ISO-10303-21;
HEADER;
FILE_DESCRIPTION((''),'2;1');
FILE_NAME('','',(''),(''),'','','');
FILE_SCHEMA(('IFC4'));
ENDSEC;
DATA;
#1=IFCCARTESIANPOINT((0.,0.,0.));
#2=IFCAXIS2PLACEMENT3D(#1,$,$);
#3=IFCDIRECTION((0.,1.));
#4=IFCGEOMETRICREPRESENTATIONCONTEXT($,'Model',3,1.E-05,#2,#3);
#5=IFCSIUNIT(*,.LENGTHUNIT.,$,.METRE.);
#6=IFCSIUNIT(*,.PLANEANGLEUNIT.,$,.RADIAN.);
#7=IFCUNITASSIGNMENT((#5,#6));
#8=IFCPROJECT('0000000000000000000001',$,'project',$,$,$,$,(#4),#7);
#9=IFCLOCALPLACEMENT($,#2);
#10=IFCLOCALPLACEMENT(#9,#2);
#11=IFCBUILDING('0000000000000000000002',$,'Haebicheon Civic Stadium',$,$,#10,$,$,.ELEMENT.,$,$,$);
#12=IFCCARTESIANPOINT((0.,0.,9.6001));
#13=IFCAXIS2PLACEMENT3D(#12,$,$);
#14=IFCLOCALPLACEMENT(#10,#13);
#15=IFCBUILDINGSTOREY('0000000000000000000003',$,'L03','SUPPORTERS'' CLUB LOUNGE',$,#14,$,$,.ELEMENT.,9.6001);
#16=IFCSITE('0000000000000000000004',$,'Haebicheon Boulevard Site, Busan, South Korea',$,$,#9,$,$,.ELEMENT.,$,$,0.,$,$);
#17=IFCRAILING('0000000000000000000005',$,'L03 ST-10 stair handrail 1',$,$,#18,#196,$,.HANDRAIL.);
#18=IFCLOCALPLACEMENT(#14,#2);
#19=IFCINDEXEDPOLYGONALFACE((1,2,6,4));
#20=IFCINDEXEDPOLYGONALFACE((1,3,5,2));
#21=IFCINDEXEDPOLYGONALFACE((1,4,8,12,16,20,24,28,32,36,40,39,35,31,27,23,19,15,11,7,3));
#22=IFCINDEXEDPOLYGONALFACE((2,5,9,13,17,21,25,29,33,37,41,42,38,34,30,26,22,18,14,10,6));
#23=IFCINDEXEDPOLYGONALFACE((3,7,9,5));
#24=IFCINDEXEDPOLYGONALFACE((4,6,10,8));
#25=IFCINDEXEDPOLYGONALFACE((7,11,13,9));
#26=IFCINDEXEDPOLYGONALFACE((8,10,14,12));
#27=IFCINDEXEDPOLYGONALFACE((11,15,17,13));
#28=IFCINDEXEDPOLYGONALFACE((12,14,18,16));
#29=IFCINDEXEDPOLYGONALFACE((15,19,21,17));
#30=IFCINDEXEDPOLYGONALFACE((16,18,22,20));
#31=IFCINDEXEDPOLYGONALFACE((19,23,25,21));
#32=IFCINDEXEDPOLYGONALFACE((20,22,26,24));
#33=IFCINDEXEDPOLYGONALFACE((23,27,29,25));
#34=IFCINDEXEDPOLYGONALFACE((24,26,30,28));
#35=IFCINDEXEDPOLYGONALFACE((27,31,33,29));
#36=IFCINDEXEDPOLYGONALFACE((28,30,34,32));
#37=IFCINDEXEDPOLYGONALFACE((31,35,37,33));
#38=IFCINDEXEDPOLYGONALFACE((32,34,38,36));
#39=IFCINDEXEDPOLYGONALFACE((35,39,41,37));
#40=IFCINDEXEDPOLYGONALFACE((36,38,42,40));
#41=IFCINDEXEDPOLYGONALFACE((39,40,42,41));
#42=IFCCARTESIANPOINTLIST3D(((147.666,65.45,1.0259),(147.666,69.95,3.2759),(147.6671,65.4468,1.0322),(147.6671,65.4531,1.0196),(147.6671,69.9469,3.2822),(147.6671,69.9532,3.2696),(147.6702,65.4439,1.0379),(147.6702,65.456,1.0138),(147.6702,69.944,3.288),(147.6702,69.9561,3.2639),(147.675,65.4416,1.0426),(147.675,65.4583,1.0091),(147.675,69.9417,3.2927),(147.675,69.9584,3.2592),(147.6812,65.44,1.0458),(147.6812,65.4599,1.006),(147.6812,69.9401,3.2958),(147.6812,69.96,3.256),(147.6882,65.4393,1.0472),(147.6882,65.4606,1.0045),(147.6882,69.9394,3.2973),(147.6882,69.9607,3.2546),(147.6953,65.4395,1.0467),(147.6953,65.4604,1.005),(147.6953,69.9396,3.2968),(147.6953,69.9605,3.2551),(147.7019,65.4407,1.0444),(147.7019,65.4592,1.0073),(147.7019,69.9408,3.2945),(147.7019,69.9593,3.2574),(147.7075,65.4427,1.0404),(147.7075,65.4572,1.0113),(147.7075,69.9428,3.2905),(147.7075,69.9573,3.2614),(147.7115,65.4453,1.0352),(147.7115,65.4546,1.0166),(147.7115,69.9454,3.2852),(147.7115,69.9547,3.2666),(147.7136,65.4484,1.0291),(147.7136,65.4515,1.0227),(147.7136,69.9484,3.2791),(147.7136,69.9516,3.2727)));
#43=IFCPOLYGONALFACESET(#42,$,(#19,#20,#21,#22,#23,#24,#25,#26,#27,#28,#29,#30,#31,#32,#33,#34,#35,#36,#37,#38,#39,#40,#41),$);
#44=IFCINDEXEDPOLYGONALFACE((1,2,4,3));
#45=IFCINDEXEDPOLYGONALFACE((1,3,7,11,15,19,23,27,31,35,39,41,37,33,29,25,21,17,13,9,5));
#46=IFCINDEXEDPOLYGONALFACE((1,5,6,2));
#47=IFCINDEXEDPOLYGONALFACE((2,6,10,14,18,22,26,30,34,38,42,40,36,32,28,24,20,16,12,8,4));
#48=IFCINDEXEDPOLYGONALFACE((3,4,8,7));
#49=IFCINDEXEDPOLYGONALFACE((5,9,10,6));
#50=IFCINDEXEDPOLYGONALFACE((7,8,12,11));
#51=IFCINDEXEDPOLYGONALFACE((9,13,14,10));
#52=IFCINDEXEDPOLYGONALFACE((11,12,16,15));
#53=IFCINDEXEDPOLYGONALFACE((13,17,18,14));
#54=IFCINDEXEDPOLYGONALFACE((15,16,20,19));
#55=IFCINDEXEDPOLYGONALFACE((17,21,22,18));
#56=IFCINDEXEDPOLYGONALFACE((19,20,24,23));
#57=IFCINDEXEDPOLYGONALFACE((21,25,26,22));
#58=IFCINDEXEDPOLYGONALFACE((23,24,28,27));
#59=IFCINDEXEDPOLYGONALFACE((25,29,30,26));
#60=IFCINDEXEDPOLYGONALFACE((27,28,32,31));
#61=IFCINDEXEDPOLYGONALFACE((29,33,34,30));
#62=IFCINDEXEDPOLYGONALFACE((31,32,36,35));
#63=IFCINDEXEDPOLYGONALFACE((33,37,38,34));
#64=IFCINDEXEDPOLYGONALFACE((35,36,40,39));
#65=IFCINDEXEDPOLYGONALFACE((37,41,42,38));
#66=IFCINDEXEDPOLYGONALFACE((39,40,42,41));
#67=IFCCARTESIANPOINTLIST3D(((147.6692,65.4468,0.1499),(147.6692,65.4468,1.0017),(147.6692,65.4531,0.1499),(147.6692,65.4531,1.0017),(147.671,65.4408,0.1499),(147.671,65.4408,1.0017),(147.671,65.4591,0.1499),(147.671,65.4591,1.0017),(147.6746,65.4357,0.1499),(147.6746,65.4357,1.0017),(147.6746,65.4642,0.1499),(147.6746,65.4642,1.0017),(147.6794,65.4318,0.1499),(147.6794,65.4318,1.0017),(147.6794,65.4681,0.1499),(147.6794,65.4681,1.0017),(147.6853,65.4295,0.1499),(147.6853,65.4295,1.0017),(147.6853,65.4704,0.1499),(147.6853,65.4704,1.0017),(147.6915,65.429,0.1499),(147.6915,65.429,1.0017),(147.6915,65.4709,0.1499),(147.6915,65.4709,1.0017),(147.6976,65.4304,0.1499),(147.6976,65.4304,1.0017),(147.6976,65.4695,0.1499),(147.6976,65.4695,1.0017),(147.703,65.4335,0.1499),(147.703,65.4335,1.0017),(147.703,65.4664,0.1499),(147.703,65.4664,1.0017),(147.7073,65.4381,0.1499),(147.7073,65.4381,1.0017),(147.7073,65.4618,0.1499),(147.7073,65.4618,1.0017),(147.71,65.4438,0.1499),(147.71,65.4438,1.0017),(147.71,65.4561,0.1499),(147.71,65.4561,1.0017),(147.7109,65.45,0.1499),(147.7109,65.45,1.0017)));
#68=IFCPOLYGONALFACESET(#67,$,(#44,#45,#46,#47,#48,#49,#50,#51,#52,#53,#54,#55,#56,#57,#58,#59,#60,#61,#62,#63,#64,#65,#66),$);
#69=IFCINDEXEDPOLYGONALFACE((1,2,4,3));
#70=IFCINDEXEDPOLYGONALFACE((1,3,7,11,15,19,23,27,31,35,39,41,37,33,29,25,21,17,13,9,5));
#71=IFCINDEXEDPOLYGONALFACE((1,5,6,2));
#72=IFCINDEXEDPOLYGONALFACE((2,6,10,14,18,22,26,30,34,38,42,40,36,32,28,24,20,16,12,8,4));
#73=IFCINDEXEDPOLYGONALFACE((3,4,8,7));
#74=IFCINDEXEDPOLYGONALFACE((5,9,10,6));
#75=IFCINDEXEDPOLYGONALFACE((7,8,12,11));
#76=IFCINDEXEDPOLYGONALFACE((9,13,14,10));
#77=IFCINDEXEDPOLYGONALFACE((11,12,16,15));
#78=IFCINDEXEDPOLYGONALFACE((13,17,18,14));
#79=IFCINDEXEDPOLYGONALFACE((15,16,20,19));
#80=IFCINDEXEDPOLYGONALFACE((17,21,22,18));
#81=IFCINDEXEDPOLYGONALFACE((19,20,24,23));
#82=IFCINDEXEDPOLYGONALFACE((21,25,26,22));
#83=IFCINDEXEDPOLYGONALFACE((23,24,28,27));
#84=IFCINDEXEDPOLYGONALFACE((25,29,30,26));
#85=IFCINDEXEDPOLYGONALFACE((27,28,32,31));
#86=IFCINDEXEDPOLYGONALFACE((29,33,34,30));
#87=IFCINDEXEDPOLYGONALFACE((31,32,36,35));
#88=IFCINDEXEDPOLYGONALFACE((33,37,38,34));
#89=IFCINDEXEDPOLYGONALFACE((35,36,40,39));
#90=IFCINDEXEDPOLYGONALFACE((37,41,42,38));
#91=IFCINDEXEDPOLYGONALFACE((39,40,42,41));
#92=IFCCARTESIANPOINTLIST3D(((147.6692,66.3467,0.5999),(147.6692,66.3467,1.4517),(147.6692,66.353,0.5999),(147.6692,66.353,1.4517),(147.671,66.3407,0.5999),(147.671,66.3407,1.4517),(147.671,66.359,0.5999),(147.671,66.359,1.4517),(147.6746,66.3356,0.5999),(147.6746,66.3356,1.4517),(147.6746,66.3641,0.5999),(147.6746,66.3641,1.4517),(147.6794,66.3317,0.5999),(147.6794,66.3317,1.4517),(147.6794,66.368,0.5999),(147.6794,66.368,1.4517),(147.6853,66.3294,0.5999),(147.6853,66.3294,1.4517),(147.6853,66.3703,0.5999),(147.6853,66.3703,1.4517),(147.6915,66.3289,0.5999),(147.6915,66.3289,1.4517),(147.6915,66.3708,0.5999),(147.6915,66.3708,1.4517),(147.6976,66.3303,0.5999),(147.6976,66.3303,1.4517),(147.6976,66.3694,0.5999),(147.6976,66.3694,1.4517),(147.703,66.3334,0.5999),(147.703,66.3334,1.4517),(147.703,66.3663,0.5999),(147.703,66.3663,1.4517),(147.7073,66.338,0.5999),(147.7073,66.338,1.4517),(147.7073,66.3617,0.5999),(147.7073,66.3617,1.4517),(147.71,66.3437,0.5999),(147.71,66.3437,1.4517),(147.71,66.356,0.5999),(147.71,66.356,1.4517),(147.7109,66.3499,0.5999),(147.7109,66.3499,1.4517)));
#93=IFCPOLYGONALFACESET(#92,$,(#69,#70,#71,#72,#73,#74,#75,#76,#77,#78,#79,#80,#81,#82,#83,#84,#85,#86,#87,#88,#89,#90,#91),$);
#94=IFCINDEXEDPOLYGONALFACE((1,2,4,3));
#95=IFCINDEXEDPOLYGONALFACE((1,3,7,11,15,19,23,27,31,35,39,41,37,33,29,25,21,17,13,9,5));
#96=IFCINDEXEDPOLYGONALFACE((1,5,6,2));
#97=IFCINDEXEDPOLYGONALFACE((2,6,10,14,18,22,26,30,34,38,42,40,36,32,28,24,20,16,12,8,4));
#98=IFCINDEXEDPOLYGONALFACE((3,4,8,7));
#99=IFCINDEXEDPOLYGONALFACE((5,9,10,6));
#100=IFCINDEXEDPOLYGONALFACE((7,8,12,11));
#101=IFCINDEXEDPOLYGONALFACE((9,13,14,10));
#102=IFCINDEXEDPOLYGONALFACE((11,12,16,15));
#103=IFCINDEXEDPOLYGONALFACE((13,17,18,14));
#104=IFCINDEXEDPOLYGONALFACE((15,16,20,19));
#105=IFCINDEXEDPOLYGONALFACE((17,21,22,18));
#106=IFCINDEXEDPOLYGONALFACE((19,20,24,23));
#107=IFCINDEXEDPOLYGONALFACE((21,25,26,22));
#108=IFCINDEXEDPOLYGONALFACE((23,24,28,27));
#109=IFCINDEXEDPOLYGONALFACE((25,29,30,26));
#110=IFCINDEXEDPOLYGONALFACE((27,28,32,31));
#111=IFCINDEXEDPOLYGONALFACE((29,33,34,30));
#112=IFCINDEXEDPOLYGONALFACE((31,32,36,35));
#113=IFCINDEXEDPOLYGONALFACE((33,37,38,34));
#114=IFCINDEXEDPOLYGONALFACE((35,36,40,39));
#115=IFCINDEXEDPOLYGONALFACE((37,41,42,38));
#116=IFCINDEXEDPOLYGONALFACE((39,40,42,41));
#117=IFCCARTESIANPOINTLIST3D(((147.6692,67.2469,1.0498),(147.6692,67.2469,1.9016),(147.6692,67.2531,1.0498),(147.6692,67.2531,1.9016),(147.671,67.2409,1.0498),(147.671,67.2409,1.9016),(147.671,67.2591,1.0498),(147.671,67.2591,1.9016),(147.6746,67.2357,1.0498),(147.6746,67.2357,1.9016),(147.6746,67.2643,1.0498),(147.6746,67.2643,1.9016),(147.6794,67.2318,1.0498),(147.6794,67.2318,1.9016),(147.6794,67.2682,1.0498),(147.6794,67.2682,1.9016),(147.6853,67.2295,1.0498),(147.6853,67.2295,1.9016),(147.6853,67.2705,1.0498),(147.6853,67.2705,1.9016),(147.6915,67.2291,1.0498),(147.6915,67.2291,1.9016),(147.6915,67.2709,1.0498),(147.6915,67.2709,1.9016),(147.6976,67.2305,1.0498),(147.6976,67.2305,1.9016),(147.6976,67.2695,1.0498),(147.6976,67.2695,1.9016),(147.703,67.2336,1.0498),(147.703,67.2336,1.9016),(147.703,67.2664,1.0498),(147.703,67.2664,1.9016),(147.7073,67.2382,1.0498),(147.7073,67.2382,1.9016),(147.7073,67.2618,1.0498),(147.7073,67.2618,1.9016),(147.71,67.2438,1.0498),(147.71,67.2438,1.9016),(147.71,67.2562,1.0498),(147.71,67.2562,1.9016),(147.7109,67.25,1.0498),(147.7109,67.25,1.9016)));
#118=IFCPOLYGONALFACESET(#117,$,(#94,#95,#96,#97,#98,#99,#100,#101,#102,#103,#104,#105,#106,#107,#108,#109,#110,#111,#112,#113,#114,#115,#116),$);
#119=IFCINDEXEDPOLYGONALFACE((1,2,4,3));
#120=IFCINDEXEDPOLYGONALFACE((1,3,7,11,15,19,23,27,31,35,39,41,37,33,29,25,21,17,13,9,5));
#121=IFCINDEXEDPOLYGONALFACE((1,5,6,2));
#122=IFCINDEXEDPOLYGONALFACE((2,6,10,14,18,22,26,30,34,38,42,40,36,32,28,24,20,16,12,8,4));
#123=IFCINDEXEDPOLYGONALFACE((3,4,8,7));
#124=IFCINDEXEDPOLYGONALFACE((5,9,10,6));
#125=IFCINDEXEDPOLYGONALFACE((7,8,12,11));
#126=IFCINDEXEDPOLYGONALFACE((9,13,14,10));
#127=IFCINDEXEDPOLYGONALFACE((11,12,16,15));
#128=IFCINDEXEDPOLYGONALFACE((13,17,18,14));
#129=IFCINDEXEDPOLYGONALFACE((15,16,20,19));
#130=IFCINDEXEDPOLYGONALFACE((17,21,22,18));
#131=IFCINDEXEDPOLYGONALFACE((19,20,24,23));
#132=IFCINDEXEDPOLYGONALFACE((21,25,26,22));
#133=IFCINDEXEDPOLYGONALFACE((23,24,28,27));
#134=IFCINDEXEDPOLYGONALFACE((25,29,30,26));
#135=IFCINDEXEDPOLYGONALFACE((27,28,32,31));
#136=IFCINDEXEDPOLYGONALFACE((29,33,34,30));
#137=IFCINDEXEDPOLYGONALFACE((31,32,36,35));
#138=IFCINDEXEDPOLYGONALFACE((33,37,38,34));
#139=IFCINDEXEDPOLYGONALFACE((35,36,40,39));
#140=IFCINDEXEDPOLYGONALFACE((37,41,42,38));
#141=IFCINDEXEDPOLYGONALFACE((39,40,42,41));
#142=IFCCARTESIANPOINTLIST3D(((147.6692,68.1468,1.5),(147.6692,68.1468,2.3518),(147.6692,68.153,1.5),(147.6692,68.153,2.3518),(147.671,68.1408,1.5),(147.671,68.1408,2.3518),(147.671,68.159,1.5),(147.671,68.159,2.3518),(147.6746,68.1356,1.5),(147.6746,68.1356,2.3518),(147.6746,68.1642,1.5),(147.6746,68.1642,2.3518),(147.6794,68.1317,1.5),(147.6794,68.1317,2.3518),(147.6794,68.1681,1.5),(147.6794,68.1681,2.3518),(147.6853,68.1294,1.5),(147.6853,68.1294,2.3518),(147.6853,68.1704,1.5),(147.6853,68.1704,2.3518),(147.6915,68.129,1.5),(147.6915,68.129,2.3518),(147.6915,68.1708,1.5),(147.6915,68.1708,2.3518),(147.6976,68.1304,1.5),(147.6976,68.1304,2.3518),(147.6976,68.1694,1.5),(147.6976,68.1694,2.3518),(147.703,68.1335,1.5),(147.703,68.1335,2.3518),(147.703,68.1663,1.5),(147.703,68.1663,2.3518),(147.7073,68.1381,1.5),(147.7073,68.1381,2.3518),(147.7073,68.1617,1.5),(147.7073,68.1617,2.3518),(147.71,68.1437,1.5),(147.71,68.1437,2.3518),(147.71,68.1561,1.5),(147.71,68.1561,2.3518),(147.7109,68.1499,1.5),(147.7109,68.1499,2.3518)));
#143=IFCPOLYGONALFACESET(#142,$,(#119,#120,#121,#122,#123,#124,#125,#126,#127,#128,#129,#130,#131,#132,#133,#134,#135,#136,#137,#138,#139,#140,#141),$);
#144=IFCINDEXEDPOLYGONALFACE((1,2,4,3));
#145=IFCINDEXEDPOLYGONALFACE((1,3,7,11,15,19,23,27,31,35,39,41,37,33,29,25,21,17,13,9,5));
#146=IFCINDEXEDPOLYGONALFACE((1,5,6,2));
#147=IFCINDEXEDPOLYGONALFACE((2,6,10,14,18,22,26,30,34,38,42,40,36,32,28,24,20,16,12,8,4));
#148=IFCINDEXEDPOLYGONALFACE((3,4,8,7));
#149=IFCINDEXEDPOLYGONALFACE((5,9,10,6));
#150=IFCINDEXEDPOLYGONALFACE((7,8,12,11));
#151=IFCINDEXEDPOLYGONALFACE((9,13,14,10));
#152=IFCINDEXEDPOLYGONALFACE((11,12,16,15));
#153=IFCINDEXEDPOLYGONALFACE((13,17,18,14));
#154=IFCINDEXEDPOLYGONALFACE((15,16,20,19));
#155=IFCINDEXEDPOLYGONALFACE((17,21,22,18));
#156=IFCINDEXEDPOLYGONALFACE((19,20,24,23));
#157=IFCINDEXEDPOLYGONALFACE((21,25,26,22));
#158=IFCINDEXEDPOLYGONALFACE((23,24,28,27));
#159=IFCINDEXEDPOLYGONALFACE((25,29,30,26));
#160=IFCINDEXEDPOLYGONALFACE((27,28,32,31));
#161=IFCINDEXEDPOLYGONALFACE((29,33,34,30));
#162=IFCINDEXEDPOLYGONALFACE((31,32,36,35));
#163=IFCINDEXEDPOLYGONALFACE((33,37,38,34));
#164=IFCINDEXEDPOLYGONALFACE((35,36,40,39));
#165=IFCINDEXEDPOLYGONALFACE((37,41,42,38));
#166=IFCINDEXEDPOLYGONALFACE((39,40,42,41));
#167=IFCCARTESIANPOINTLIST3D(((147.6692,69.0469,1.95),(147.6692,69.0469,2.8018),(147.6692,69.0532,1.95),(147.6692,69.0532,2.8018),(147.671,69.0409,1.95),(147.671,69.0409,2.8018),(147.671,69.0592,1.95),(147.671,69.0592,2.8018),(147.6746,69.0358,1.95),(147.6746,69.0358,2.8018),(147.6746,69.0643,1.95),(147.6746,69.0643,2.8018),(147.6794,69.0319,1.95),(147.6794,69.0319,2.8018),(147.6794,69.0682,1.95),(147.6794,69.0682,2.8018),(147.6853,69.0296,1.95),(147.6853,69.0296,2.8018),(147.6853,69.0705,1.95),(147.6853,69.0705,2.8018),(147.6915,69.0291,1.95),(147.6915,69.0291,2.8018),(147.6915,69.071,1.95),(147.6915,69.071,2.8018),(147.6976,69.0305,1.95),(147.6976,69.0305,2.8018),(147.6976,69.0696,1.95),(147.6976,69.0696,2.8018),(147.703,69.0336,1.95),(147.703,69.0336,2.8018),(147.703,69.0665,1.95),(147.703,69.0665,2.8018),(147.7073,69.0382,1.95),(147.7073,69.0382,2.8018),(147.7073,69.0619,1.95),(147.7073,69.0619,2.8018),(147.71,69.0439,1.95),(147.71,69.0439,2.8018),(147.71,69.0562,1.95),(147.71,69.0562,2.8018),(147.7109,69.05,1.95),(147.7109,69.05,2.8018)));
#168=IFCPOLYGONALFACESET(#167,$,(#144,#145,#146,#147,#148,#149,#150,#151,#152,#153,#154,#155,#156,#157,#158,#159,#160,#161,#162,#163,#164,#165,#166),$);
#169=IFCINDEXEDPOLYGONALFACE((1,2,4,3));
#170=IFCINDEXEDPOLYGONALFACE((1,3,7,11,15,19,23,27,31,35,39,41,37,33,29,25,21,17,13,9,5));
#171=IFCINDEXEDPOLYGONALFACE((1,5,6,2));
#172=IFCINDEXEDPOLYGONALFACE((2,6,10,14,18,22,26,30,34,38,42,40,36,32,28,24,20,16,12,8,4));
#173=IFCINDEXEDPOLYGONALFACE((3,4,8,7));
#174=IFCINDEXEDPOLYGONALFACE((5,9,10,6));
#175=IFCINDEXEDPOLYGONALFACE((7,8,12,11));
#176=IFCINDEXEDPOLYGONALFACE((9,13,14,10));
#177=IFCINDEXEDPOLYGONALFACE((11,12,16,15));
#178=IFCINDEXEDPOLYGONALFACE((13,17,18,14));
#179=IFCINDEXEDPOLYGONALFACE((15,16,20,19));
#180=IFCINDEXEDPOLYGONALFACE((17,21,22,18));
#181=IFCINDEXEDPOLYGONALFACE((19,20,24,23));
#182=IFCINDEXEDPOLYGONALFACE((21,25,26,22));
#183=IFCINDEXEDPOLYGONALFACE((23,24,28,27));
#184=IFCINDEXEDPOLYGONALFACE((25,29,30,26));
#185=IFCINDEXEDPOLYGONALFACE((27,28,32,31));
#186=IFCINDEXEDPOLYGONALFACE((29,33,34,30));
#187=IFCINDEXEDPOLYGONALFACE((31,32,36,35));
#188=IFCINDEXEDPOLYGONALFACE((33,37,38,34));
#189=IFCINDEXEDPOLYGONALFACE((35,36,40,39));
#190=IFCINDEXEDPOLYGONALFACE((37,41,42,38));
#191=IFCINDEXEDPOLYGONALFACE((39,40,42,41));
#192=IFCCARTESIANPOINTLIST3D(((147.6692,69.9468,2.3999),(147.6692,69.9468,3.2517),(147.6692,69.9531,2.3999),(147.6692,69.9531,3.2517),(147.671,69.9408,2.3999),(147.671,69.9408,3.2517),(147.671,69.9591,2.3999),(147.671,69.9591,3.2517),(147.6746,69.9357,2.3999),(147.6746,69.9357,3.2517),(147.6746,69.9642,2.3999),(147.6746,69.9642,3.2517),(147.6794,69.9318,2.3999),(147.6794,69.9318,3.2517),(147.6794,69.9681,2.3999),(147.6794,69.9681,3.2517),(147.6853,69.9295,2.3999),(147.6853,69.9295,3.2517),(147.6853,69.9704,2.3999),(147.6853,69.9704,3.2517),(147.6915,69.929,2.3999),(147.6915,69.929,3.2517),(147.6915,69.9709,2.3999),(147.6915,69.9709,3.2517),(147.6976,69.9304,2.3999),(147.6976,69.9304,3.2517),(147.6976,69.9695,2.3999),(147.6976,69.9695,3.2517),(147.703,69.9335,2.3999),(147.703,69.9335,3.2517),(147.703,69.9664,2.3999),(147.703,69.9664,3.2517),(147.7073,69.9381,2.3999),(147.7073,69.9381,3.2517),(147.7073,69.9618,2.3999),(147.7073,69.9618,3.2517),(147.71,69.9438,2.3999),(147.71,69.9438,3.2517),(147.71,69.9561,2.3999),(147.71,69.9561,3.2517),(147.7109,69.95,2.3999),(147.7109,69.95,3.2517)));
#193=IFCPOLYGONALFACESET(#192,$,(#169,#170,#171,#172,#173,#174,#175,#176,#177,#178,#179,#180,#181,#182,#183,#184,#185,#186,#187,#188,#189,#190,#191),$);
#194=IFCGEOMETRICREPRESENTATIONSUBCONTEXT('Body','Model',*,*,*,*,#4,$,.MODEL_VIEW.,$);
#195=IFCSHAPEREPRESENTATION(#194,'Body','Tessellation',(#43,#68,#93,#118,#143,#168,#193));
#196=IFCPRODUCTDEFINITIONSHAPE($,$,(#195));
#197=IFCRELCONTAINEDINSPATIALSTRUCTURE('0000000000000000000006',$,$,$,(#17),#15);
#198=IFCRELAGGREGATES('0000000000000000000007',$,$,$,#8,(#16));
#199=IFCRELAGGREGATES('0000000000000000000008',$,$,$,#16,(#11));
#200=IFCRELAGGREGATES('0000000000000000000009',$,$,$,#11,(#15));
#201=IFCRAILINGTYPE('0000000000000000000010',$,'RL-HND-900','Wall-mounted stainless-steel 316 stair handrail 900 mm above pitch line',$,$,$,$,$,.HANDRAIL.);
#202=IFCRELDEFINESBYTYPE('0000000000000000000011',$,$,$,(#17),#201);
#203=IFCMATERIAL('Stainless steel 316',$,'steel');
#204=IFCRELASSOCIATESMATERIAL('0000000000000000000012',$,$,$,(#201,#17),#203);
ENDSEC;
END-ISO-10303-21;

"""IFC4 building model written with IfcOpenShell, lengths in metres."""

from ifc_helpers import new_model, si_unit, direction, frame, origin, origin_2d, place, context, subcontext, project, spatial, circle, extrude, material, type_object, element, save


model = new_model("IFC4")

# Units and contexts
model_context = context("Model", 3, precision=1e-05, world=origin(), true_north=direction((0.0, 1.0)))
body_context = subcontext(model_context, "Body", "Model", "MODEL_VIEW")
ifc_project = project(units=[si_unit("LENGTHUNIT", "METRE"), si_unit("PLANEANGLEUNIT", "RADIAN")], contexts=[model_context])

# Site, building, storey
site_placement = place(None, origin())
site = spatial("IfcSite", under=ifc_project, at=site_placement, Name="Haebicheon Boulevard Site, Busan, South Korea", CompositionType="ELEMENT", RefElevation=0.0)
building_placement = place(site_placement, origin())
building = spatial("IfcBuilding", under=site, at=building_placement, Name="Haebicheon Civic Stadium", CompositionType="ELEMENT")
storey_placement = place(building_placement, frame((0.0, 0.0, 9.6001)))
storey = spatial("IfcBuildingStorey", under=building, at=storey_placement, Name="L03", Description="SUPPORTERS' CLUB LOUNGE", CompositionType="ELEMENT", Elevation=9.6001)

# Railing
ifc_material_1 = material(Name="Stainless steel 316", Category="steel")
railing_type_1 = type_object("IfcRailingType", Name="RL-HND-900", Description="Wall-mounted stainless-steel 316 stair handrail 900 mm above pitch line", PredefinedType="HANDRAIL", material=ifc_material_1)
railing_1_placement = place(storey_placement, frame((147.6899, 65.45, 0.1499)))
element("IfcRailing", 1, at=railing_1_placement, inside=storey, type_object=railing_type_1, material=ifc_material_1, Name="L03 ST-10 stair handrail 1", PredefinedType="HANDRAIL", context=body_context, shape_type="SweptSolid", body=[
    extrude(circle(Radius=0.0239, at=origin_2d()), frame((0.0, 0.0, 0.876), z_axis=(0.0, 0.894427, 0.447214), x_axis=(-1.0, 0.0, 0.0)), (0.0, 0.0, 1.0), 5.0312),
    extrude(circle(Radius=0.021, at=origin_2d()), origin(), (0.0, 0.0, 1.0), 0.8518),
    extrude(circle(Radius=0.021, at=origin_2d()), frame((0.0, 0.8999, 0.45)), (0.0, 0.0, 1.0), 0.8518),
    extrude(circle(Radius=0.021, at=origin_2d()), frame((0.0, 1.8, 0.8999)), (0.0, 0.0, 1.0), 0.8518),
    extrude(circle(Radius=0.021, at=origin_2d()), frame((0.0, 2.7, 1.3501)), (0.0, 0.0, 1.0), 0.8518),
    extrude(circle(Radius=0.021, at=origin_2d()), frame((0.0, 3.6001, 1.8)), (0.0, 0.0, 1.0), 0.8518),
    extrude(circle(Radius=0.021, at=origin_2d()), frame((0.0, 4.5, 2.25)), (0.0, 0.0, 1.0), 0.8518),
])

save(model, "model.ifc")
